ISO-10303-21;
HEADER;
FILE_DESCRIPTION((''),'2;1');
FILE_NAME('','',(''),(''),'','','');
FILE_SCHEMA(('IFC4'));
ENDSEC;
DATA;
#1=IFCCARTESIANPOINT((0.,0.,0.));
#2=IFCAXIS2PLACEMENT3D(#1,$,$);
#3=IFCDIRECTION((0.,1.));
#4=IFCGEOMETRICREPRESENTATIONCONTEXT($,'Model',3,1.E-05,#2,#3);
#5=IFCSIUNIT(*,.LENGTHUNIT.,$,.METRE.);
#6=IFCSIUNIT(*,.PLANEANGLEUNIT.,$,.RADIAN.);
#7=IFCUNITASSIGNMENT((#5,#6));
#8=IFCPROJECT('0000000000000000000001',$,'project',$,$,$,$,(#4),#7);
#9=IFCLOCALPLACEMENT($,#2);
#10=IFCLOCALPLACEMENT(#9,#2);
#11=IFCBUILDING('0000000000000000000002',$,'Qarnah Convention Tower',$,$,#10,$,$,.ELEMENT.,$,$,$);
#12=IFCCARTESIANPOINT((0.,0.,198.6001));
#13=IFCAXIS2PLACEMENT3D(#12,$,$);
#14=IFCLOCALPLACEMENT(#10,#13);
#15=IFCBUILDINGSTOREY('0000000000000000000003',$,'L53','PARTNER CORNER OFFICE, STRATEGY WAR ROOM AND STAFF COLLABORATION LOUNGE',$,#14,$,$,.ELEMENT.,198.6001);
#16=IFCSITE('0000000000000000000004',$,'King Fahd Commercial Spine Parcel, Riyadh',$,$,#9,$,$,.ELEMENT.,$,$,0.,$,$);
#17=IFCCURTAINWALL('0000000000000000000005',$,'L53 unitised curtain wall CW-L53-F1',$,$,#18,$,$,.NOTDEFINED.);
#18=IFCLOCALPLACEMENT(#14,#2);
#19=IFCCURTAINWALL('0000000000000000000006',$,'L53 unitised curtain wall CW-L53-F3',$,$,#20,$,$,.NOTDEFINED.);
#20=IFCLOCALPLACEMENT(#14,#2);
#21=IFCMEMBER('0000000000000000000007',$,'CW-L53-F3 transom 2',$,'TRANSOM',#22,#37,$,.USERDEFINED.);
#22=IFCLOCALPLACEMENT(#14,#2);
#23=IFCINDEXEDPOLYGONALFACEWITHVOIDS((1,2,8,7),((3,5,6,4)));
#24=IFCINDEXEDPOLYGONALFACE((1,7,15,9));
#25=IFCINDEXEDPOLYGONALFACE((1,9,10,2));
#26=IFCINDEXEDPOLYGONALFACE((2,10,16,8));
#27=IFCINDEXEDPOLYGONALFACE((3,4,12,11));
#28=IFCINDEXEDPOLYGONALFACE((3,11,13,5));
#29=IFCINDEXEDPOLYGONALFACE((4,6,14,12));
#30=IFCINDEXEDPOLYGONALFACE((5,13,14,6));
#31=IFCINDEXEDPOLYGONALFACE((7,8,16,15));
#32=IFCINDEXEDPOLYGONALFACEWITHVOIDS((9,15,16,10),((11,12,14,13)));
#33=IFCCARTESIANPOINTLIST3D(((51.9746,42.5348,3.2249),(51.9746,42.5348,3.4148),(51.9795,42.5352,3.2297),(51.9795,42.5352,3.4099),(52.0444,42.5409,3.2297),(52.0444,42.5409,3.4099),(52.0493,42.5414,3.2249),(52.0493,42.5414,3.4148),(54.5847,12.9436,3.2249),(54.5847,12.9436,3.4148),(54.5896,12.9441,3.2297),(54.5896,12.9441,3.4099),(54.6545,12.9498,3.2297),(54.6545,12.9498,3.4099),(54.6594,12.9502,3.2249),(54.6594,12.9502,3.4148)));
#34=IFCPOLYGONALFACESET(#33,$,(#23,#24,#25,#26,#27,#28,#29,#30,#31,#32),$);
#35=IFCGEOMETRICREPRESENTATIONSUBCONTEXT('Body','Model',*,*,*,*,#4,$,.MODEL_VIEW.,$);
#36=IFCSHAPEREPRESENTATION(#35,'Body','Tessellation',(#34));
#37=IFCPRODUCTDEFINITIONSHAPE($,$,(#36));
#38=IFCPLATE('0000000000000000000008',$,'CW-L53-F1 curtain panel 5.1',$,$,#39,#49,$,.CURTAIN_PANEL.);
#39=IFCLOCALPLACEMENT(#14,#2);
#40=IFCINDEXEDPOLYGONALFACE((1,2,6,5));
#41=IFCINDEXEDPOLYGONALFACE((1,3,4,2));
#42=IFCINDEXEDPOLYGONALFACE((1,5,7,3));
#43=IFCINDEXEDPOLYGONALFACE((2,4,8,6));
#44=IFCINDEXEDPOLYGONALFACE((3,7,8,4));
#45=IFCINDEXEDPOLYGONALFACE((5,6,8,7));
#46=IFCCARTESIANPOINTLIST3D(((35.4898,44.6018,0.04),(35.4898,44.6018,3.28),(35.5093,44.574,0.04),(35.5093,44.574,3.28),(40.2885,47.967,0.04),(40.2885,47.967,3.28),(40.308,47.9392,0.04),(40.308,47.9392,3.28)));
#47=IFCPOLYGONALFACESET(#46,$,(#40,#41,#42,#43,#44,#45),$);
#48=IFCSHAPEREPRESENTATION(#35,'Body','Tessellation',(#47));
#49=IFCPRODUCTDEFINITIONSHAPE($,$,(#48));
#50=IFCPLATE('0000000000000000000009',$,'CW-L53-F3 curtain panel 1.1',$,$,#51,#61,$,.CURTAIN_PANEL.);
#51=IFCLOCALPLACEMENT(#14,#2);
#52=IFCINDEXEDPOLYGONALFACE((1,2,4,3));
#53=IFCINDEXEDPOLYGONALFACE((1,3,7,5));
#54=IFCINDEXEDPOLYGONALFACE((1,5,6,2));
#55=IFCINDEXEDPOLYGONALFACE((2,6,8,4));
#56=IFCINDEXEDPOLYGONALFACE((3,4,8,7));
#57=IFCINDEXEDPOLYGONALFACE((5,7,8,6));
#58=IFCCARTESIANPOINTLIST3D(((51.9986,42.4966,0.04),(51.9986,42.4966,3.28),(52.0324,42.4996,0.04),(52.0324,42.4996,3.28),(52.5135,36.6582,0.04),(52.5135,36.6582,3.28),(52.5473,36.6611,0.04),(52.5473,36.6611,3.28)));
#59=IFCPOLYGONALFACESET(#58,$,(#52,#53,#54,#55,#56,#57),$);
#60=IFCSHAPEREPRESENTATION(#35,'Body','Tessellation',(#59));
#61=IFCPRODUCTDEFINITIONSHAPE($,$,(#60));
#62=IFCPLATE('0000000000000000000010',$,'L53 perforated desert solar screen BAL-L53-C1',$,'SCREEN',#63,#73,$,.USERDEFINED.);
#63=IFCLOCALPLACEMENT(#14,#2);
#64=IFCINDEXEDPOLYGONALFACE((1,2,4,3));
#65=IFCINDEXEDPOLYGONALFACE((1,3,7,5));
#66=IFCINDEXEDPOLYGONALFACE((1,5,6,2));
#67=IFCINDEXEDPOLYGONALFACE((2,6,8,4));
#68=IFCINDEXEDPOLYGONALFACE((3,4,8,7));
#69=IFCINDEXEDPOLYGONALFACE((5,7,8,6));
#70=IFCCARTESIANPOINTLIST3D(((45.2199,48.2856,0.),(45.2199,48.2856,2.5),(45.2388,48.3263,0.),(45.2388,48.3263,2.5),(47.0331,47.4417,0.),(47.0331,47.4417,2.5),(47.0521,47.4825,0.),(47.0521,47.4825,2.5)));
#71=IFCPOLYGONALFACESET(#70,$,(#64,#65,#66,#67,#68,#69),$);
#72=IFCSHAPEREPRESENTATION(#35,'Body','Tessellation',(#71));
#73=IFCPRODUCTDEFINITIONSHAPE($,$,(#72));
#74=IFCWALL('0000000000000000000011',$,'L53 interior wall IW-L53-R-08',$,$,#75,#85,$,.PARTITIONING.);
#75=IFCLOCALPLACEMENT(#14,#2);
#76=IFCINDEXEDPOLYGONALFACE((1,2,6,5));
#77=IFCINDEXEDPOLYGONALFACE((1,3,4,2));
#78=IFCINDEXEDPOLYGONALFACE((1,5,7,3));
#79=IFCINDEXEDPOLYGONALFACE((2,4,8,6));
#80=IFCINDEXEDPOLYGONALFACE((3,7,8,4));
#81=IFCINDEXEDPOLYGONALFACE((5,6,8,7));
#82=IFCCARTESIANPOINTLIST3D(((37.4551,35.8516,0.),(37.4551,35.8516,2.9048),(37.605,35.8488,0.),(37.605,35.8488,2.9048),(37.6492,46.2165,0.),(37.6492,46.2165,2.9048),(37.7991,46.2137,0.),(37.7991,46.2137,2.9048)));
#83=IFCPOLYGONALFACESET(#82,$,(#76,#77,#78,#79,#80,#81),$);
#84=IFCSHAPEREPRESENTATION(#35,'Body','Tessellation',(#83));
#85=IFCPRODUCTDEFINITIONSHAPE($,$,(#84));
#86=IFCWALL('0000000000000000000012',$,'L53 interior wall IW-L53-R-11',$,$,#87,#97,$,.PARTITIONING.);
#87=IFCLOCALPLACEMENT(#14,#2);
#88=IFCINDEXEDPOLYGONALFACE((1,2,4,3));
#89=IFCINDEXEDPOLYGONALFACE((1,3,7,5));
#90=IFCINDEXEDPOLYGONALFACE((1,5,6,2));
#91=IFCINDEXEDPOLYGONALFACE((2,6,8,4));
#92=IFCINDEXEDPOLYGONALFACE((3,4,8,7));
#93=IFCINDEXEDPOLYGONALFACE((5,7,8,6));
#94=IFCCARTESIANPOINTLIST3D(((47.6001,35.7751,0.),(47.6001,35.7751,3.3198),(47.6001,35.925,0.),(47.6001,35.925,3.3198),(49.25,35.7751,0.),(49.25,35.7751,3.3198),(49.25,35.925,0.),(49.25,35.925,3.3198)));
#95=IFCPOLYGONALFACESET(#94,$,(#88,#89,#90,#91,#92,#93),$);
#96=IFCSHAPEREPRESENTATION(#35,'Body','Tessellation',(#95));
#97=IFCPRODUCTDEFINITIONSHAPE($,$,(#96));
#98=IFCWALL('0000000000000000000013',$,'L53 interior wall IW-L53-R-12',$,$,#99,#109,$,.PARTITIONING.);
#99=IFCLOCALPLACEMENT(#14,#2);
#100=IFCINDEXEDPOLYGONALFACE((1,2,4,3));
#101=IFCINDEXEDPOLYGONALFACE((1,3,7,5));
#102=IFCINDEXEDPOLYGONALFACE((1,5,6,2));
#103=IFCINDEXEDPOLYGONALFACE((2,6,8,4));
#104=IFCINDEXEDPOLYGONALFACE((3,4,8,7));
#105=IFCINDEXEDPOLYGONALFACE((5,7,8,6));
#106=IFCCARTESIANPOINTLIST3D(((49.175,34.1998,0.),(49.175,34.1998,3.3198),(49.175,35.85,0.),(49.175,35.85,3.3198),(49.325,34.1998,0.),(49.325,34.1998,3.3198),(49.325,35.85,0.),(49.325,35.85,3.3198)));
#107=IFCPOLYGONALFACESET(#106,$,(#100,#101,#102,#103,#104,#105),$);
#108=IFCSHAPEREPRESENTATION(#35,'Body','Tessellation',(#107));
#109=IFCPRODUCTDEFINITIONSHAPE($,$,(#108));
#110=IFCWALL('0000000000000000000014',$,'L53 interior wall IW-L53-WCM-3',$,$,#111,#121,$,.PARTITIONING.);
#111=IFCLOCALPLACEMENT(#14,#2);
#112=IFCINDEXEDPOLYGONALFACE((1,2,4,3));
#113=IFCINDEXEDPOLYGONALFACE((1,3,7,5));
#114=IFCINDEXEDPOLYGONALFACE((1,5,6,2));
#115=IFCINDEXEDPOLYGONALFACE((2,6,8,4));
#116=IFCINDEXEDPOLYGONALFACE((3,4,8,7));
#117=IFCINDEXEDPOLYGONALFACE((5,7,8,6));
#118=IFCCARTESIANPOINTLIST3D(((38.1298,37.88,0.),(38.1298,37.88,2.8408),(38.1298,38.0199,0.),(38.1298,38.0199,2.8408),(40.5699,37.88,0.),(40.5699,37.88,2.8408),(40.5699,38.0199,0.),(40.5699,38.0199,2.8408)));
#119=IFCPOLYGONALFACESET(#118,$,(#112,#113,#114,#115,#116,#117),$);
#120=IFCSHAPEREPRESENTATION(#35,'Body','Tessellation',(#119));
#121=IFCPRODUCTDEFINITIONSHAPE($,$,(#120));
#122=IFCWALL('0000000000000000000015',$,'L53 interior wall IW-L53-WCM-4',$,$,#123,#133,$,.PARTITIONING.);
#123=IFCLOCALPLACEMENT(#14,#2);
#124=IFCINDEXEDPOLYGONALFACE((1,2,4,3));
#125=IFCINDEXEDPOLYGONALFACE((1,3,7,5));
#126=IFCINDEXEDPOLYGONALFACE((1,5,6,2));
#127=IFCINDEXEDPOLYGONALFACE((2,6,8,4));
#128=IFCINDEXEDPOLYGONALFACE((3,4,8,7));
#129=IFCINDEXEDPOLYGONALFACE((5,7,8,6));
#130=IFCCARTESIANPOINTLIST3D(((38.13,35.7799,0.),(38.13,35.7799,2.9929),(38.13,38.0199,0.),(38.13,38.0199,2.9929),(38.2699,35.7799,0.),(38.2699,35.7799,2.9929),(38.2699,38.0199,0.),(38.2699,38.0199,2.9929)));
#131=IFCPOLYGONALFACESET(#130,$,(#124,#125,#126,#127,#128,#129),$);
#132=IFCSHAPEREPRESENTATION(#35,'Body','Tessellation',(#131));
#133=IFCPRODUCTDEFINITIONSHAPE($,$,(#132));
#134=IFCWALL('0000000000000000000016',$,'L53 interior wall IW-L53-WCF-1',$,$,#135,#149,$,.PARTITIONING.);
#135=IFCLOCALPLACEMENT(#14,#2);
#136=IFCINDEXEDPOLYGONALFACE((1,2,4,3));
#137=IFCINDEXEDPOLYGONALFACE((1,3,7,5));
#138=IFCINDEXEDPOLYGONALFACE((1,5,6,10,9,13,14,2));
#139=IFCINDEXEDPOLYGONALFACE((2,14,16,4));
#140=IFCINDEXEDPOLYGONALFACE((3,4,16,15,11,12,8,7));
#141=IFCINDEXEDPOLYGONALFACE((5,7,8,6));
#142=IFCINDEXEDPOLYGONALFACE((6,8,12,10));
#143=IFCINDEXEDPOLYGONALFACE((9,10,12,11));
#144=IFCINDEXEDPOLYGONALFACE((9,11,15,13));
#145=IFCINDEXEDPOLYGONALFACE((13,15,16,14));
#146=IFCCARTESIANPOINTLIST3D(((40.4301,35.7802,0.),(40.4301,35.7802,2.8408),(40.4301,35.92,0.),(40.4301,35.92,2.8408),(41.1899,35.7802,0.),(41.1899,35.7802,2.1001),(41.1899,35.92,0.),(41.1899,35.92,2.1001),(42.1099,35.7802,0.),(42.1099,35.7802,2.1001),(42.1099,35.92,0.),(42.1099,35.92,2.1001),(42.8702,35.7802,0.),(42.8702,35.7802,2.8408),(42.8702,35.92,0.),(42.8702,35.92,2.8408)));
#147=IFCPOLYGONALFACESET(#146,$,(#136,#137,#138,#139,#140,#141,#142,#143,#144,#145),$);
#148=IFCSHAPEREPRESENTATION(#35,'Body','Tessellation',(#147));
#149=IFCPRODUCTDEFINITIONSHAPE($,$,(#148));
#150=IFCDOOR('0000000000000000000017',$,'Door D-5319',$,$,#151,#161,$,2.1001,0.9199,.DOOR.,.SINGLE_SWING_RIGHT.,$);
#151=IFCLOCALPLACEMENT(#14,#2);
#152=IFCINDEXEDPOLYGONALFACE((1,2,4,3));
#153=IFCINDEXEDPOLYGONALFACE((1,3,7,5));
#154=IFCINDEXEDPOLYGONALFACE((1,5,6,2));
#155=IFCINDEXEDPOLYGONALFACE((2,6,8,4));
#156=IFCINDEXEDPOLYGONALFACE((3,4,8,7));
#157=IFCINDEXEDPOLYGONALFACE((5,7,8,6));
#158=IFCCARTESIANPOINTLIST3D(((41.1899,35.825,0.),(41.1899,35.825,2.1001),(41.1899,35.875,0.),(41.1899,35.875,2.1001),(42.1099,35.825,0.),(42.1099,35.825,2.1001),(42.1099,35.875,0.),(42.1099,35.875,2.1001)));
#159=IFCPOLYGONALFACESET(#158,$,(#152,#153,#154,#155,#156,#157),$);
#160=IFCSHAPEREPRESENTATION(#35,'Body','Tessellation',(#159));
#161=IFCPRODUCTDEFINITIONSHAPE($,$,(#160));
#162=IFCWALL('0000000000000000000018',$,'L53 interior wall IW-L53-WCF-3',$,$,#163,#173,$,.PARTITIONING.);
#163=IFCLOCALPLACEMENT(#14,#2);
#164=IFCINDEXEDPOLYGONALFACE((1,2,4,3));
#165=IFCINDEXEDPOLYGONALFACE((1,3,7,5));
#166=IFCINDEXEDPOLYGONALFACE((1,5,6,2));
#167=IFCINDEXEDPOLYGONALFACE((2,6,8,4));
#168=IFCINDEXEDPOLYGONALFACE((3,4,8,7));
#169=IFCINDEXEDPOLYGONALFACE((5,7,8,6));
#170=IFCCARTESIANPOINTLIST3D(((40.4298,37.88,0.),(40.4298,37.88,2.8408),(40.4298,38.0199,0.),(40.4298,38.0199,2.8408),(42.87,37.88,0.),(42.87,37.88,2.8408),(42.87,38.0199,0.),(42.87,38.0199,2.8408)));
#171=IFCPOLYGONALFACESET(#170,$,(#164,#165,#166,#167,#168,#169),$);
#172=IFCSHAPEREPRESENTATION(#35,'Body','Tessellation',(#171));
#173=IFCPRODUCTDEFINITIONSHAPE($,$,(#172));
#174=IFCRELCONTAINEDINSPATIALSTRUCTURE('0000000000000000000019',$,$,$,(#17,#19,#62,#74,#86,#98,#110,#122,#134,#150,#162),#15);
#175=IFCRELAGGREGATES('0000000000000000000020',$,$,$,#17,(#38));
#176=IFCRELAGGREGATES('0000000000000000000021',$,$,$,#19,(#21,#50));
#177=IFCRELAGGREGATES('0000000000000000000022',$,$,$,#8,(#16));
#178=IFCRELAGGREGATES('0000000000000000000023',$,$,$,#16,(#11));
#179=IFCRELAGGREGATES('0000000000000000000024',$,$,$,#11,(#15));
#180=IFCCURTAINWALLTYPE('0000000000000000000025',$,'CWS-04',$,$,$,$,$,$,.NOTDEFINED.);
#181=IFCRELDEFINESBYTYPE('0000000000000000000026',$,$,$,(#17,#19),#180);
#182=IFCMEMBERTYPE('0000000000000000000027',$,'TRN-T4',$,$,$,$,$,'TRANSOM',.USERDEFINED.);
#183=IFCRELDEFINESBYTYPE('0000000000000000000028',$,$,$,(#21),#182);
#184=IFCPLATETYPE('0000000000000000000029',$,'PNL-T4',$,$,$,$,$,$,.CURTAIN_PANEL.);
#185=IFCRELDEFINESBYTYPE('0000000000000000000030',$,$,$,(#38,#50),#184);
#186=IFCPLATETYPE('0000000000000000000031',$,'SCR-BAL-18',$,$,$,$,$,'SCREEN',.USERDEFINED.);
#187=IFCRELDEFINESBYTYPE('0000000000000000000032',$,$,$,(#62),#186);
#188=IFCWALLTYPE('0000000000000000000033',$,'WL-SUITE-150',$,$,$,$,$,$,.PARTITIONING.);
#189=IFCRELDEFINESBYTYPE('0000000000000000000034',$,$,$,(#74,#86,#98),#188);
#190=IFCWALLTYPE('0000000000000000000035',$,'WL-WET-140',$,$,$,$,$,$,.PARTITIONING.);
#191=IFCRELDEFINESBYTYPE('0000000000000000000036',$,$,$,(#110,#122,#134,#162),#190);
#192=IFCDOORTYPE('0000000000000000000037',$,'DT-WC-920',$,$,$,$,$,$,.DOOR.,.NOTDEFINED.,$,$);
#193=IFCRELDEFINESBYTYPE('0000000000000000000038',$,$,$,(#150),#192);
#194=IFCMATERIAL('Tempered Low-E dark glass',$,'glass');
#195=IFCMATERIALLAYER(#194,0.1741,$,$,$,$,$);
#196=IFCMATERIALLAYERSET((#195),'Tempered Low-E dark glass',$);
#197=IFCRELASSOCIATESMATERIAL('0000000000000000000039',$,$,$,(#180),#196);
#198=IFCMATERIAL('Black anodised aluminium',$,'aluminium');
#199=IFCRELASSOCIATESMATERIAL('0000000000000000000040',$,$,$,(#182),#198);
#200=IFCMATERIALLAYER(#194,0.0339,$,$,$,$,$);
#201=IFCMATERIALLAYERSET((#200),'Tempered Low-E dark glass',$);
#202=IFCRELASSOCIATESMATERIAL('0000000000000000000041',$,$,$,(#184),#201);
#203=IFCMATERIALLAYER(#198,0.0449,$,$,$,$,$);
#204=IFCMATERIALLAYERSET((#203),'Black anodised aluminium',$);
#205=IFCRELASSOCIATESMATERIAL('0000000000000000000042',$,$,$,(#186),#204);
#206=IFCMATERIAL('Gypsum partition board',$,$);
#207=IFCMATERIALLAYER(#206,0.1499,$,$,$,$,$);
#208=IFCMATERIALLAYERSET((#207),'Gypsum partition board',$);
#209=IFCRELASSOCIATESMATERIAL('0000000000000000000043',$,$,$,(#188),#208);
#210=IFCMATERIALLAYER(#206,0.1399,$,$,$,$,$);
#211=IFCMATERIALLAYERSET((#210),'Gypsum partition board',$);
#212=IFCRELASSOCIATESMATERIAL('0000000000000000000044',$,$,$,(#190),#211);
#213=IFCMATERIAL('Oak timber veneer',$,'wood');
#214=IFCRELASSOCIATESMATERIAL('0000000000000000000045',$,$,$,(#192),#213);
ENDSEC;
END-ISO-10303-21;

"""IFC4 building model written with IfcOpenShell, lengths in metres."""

from ifc_helpers import new_model, si_unit, direction, frame, frame_2d, origin, origin_2d, place, context, subcontext, project, spatial, rectangle, hollow_rectangle, extrude, material, layer, layer_set, material_profile, profile_set, type_object, element, fill, aggregate, save


model = new_model("IFC4")

# Units and contexts
model_context = context("Model", 3, precision=1e-05, world=origin(), true_north=direction((0.0, 1.0)))
body_context = subcontext(model_context, "Body", "Model", "MODEL_VIEW")
ifc_project = project(units=[si_unit("LENGTHUNIT", "METRE"), si_unit("PLANEANGLEUNIT", "RADIAN")], contexts=[model_context])

# Site, building, storey
site_placement = place(None, origin())
site = spatial("IfcSite", under=ifc_project, at=site_placement, Name="King Fahd Commercial Spine Parcel, Riyadh", CompositionType="ELEMENT", RefElevation=0.0)
building_placement = place(site_placement, origin())
building = spatial("IfcBuilding", under=site, at=building_placement, Name="Qarnah Convention Tower", CompositionType="ELEMENT")
storey_placement = place(building_placement, frame((0.0, 0.0, 198.6001)))
storey = spatial("IfcBuildingStorey", under=building, at=storey_placement, Name="L53", Description="PARTNER CORNER OFFICE, STRATEGY WAR ROOM AND STAFF COLLABORATION LOUNGE", CompositionType="ELEMENT", Elevation=198.6001)

# Curtain wall
ifc_material_1 = material(Name="Tempered Low-E dark glass", Category="glass")
ifc_layer_1 = layer(ifc_material_1, 0.1741)
ifc_layer_set_1 = layer_set([ifc_layer_1], Name="Tempered Low-E dark glass")
curtain_wall_type = type_object("IfcCurtainWallType", Name="CWS-04", PredefinedType="NOTDEFINED", material=ifc_layer_set_1)
curtain_wall_1_placement = place(storey_placement, origin())
curtain_wall_1 = element("IfcCurtainWall", 1, at=curtain_wall_1_placement, inside=storey, type_object=curtain_wall_type, Name="L53 unitised curtain wall CW-L53-F1", PredefinedType="NOTDEFINED")
ifc_material_2 = material(Name="Black anodised aluminium", Category="aluminium")

# Curtain wall, member
curtain_wall_2_placement = place(storey_placement, origin())
curtain_wall_2 = element("IfcCurtainWall", 2, at=curtain_wall_2_placement, inside=storey, type_object=curtain_wall_type, Name="L53 unitised curtain wall CW-L53-F3", PredefinedType="NOTDEFINED")
ifc_material_profile_1 = material_profile(ifc_material_2, hollow_rectangle(XDim=0.075, YDim=0.1899, WallThickness=0.0049, at=origin_2d()), Name="TRN-75X190")
ifc_profile_set_1 = profile_set([ifc_material_profile_1], Name="Black anodised aluminium")
member_type_1 = type_object("IfcMemberType", Name="TRN-T4", ElementType="TRANSOM", PredefinedType="USERDEFINED", material=ifc_profile_set_1)
member_1_placement = place(storey_placement, frame((52.012, 42.5381, 3.3198), z_axis=(0.087865, -0.996132, 0.0), x_axis=(0.996132, 0.087865, 0.0)))
member_1 = element("IfcMember", 3, at=member_1_placement, type_object=member_type_1, Name="CW-L53-F3 transom 2", ObjectType="TRANSOM", PredefinedType="USERDEFINED", context=body_context, shape_type="SweptSolid", body=[
    extrude(hollow_rectangle(XDim=0.075, YDim=0.1899, WallThickness=0.0049, at=origin_2d()), origin(), (0.0, 0.0, 1.0), 29.7061),
])

# Plates
ifc_layer_2 = layer(ifc_material_1, 0.0339)
ifc_layer_set_2 = layer_set([ifc_layer_2], Name="Tempered Low-E dark glass")
plate_type_1 = type_object("IfcPlateType", Name="PNL-T4", PredefinedType="CURTAIN_PANEL", material=ifc_layer_set_2)
plate_1_placement = place(storey_placement, frame((37.8989, 46.2705, 0.04), z_axis=(0.0, 0.0, 1.0), x_axis=(0.818737, 0.574169, 0.0)))
plate_1 = element("IfcPlate", 4, at=plate_1_placement, type_object=plate_type_1, Name="CW-L53-F1 curtain panel 5.1", PredefinedType="CURTAIN_PANEL", context=body_context, shape_type="SweptSolid", body=[
    extrude(rectangle(XDim=5.8611, YDim=0.0339, at=origin_2d()), origin(), (0.0, 0.0, 1.0), 3.24),
])
aggregate(curtain_wall_1, [plate_1])
plate_2_placement = place(storey_placement, frame((52.2729, 39.5789, 0.04), z_axis=(0.0, 0.0, 1.0), x_axis=(0.087861, -0.996133, 0.0)))
plate_2 = element("IfcPlate", 5, at=plate_2_placement, type_object=plate_type_1, Name="CW-L53-F3 curtain panel 1.1", PredefinedType="CURTAIN_PANEL", context=body_context, shape_type="SweptSolid", body=[
    extrude(rectangle(XDim=5.8611, YDim=0.0339, at=origin_2d()), origin(), (0.0, 0.0, 1.0), 3.24),
])
aggregate(curtain_wall_2, [member_1, plate_2])
ifc_layer_3 = layer(ifc_material_2, 0.0449)
ifc_layer_set_3 = layer_set([ifc_layer_3], Name="Black anodised aluminium")
plate_type_2 = type_object("IfcPlateType", Name="SCR-BAL-18", ElementType="SCREEN", PredefinedType="USERDEFINED", material=ifc_layer_set_3)
plate_3_placement = place(storey_placement, frame((46.136, 47.884, 0.0), z_axis=(0.0, 0.0, 1.0), x_axis=(0.906623, -0.421941, 0.0)))
element("IfcPlate", 6, at=plate_3_placement, inside=storey, type_object=plate_type_2, Name="L53 perforated desert solar screen BAL-L53-C1", ObjectType="SCREEN", PredefinedType="USERDEFINED", context=body_context, shape_type="SweptSolid", body=[
    extrude(rectangle(XDim=2.0, YDim=0.0449, at=origin_2d()), origin(), (0.0, 0.0, 1.0), 2.5),
])

# Wall
ifc_material_3 = material(Name="Gypsum partition board")
ifc_layer_4 = layer(ifc_material_3, 0.1499)
ifc_layer_set_4 = layer_set([ifc_layer_4], Name="Gypsum partition board")
wall_type_1 = type_object("IfcWallType", Name="WL-SUITE-150", PredefinedType="PARTITIONING", material=ifc_layer_set_4)
wall_1_placement = place(storey_placement, frame((37.7241, 46.2151, 0.0), z_axis=(0.0, 0.0, 1.0), x_axis=(-0.018722, -0.999825, 0.0)))
element("IfcWall", 7, at=wall_1_placement, inside=storey, type_object=wall_type_1, Name="L53 interior wall IW-L53-R-08", PredefinedType="PARTITIONING", context=body_context, shape_type="SweptSolid", body=[
    extrude(rectangle(XDim=10.3667, YDim=0.1499, at=frame_2d((5.1833, 0.0))), origin(), (0.0, 0.0, 1.0), 2.9048),
])

# Shared definitions
ifc_material_4 = material(Name="Oak timber veneer", Category="wood")

# Walls
wall_2_placement = place(storey_placement, frame((47.6001, 35.8501, 0.0), z_axis=(0.0, 0.0, 1.0), x_axis=(1.0, 0.0, 0.0)))
element("IfcWall", 8, at=wall_2_placement, inside=storey, type_object=wall_type_1, Name="L53 interior wall IW-L53-R-11", PredefinedType="PARTITIONING", context=body_context, shape_type="SweptSolid", body=[
    extrude(rectangle(XDim=1.6499, YDim=0.1499, at=frame_2d((0.825, 0.0))), origin(), (0.0, 0.0, 1.0), 3.3198),
])
wall_3_placement = place(storey_placement, frame((49.25, 35.8501, 0.0), z_axis=(0.0, 0.0, 1.0), x_axis=(0.0, -1.0, 0.0)))
element("IfcWall", 9, at=wall_3_placement, inside=storey, type_object=wall_type_1, Name="L53 interior wall IW-L53-R-12", PredefinedType="PARTITIONING", context=body_context, shape_type="SweptSolid", body=[
    extrude(rectangle(XDim=1.6501, YDim=0.1499, at=frame_2d((0.8252, 0.0))), origin(), (0.0, 0.0, 1.0), 3.3198),
])
ifc_layer_5 = layer(ifc_material_3, 0.1399)
ifc_layer_set_5 = layer_set([ifc_layer_5], Name="Gypsum partition board")
wall_type_2 = type_object("IfcWallType", Name="WL-WET-140", PredefinedType="PARTITIONING", material=ifc_layer_set_5)
wall_4_placement = place(storey_placement, frame((40.5701, 37.95, 0.0), z_axis=(0.0, 0.0, 1.0), x_axis=(-1.0, 0.0, 0.0)))
element("IfcWall", 10, at=wall_4_placement, inside=storey, type_object=wall_type_2, Name="L53 interior wall IW-L53-WCM-3", PredefinedType="PARTITIONING", context=body_context, shape_type="SweptSolid", body=[
    extrude(rectangle(XDim=2.4402, YDim=0.1399, at=frame_2d((1.2202, 0.0))), origin(), (0.0, 0.0, 1.0), 2.8408),
])
wall_5_placement = place(storey_placement, frame((38.2, 38.02, 0.0), z_axis=(0.0, 0.0, 1.0), x_axis=(0.0, -1.0, 0.0)))
element("IfcWall", 11, at=wall_5_placement, inside=storey, type_object=wall_type_2, Name="L53 interior wall IW-L53-WCM-4", PredefinedType="PARTITIONING", context=body_context, shape_type="SweptSolid", body=[
    extrude(rectangle(XDim=2.24, YDim=0.1399, at=frame_2d((1.1201, 0.0))), origin(), (0.0, 0.0, 1.0), 2.9929),
])

# Wall, opening, door
wall_6_placement = place(storey_placement, frame((40.4299, 35.8501, 0.0), z_axis=(0.0, 0.0, 1.0), x_axis=(1.0, 0.0, 0.0)))
wall_6 = element("IfcWall", 12, at=wall_6_placement, inside=storey, type_object=wall_type_2, Name="L53 interior wall IW-L53-WCF-1", PredefinedType="PARTITIONING", context=body_context, shape_type="SweptSolid", body=[
    extrude(rectangle(XDim=2.4402, YDim=0.1399, at=frame_2d((1.2202, 0.0))), origin(), (0.0, 0.0, 1.0), 2.8408),
])
opening_1_placement = place(wall_6_placement, frame((0.76, 0.0, 0.0)))
opening_1 = element("IfcOpeningElement", 13, at=opening_1_placement, cuts=wall_6, PredefinedType="OPENING", context=body_context, shape_type="SweptSolid", body=[
    extrude(rectangle(XDim=0.9199, YDim=2.1001, at=frame_2d((0.46, 1.05))), frame((0.0, 0.0798, 0.0), z_axis=(0.0, -1.0, 0.0), x_axis=(1.0, 0.0, 0.0)), (0.0, 0.0, 1.0), 0.1599),
])
door_type_1 = type_object("IfcDoorType", Name="DT-WC-920", OperationType="NOTDEFINED", PredefinedType="DOOR", material=ifc_material_4)
door_1_placement = place(opening_1_placement, origin())
door_1 = element("IfcDoor", 14, at=door_1_placement, inside=storey, type_object=door_type_1, Name="Door D-5319", OperationType="SINGLE_SWING_RIGHT", OverallHeight=2.1001, OverallWidth=0.9199, PredefinedType="DOOR", context=body_context, shape_type="SweptSolid", body=[
    extrude(rectangle(XDim=0.9199, YDim=2.1001, at=frame_2d((0.46, 1.05))), frame((0.0, 0.0249, 0.0), z_axis=(0.0, -1.0, 0.0), x_axis=(1.0, 0.0, 0.0)), (0.0, 0.0, 1.0), 0.05),
])
fill(opening_1, door_1)

# Wall
wall_7_placement = place(storey_placement, frame((42.8701, 37.95, 0.0), z_axis=(0.0, 0.0, 1.0), x_axis=(-1.0, 0.0, 0.0)))
element("IfcWall", 15, at=wall_7_placement, inside=storey, type_object=wall_type_2, Name="L53 interior wall IW-L53-WCF-3", PredefinedType="PARTITIONING", context=body_context, shape_type="SweptSolid", body=[
    extrude(rectangle(XDim=2.4402, YDim=0.1399, at=frame_2d((1.2202, 0.0))), origin(), (0.0, 0.0, 1.0), 2.8408),
])

save(model, "model.ifc")
